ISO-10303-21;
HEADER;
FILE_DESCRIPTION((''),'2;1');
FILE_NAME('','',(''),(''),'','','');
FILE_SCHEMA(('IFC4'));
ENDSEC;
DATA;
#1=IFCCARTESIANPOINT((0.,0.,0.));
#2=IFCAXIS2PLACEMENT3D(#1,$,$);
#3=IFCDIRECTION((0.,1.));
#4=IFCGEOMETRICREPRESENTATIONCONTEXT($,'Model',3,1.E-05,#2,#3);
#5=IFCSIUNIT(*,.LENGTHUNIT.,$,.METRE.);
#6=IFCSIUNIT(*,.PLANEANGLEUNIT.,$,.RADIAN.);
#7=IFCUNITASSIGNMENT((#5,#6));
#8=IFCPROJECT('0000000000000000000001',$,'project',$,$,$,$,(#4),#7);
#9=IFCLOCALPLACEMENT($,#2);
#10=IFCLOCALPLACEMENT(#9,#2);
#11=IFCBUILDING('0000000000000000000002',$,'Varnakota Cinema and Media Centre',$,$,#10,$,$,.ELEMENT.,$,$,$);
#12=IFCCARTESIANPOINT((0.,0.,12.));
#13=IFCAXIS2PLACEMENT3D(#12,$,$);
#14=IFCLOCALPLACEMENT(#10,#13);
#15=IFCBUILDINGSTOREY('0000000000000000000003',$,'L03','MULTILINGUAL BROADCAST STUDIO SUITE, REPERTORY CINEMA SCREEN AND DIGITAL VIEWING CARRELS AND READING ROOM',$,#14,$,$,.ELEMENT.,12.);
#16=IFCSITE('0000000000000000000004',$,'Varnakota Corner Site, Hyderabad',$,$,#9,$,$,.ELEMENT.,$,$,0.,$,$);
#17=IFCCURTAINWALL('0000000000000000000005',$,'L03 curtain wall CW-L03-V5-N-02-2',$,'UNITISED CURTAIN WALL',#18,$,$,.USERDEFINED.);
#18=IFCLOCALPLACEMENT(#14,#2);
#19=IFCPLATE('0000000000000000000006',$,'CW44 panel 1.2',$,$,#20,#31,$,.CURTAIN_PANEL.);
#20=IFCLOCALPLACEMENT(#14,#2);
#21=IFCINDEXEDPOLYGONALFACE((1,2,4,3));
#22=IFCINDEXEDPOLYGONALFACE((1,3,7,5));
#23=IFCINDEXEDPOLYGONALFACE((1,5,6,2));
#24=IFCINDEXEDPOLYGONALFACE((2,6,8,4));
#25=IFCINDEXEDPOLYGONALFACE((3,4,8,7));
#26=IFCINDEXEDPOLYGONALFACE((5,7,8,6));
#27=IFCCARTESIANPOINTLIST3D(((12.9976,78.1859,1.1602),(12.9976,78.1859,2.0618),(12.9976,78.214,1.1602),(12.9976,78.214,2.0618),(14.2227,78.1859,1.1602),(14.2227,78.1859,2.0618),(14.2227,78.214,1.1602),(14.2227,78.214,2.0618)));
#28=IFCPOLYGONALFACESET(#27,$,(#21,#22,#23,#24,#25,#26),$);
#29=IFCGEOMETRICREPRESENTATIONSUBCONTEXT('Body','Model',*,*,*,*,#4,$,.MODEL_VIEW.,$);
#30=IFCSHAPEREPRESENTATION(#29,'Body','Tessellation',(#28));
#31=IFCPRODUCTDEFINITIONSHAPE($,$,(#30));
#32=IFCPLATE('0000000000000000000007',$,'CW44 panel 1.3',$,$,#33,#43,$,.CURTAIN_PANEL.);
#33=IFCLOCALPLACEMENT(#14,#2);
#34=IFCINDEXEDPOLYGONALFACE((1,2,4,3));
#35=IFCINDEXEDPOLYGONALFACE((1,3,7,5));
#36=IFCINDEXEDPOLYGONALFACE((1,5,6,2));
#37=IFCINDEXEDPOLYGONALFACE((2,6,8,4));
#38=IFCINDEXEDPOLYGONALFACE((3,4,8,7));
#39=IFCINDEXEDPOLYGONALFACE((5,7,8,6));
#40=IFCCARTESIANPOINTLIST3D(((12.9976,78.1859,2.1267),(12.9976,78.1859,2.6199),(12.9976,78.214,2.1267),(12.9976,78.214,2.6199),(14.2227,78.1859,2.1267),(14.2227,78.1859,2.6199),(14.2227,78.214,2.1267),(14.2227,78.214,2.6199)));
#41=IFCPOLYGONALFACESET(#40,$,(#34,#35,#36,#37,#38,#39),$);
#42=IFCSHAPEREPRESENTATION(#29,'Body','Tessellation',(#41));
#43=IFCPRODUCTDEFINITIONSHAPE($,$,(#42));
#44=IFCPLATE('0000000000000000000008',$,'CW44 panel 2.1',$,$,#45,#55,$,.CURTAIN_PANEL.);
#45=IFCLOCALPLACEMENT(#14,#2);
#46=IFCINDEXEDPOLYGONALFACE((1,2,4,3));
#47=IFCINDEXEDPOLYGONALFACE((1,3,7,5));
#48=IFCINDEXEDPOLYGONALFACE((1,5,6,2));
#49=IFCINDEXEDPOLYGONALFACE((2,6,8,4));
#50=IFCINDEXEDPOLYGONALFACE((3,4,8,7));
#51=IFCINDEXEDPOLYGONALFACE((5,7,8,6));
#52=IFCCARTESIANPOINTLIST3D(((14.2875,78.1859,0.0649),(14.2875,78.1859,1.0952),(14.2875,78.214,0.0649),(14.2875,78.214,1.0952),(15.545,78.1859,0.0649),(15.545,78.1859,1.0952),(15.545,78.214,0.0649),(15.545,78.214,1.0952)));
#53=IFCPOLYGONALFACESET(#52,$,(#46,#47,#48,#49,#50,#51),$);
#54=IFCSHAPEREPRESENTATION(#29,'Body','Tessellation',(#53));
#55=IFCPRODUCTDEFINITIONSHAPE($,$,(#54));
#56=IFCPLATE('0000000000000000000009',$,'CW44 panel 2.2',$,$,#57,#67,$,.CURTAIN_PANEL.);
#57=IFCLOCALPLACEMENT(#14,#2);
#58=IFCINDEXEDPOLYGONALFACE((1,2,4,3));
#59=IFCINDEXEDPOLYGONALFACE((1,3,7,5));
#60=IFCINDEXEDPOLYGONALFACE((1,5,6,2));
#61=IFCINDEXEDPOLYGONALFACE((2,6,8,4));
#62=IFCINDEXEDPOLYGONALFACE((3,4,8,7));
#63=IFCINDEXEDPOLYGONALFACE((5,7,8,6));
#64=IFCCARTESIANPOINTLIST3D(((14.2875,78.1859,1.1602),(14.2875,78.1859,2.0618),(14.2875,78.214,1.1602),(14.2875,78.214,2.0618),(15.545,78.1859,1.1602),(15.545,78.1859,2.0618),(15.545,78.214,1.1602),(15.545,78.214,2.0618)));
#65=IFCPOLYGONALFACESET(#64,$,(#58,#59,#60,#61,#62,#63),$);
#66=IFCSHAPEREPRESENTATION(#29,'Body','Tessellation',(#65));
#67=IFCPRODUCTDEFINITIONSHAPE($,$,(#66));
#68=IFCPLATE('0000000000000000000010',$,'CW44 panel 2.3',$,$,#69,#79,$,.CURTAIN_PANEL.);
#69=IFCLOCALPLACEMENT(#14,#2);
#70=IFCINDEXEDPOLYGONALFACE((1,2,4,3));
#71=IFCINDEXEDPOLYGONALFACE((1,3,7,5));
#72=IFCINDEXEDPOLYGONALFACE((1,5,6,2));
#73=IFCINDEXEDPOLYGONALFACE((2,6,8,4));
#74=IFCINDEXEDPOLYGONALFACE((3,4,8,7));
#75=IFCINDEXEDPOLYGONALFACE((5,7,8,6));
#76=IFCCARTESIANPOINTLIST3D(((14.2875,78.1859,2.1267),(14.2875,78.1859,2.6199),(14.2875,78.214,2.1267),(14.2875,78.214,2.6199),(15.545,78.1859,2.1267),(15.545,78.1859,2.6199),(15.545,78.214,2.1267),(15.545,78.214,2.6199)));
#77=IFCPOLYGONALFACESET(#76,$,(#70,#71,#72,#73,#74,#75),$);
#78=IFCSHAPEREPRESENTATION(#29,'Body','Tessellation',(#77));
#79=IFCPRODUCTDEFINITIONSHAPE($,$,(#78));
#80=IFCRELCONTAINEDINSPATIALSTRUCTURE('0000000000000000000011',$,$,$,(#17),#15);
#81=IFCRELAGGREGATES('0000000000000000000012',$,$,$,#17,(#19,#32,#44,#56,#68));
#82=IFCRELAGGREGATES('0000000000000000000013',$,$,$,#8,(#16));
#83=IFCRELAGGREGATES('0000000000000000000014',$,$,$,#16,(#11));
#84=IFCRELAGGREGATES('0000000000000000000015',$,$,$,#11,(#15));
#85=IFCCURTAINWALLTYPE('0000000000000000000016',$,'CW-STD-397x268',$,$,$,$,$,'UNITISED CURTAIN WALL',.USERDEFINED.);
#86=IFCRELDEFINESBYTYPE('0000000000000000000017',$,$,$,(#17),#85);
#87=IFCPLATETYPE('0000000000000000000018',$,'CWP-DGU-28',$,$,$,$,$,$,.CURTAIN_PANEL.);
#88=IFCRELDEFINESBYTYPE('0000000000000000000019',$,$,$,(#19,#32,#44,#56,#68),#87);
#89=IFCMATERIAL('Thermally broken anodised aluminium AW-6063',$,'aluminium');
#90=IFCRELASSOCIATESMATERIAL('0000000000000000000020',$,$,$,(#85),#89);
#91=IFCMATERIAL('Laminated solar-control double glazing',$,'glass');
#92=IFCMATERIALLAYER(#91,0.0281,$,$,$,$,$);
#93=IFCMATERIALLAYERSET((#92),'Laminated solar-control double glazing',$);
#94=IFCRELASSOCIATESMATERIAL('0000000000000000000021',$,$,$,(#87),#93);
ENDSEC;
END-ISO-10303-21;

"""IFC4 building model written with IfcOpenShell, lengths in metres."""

from ifc_helpers import new_model, si_unit, direction, frame, origin, origin_2d, place, context, subcontext, project, spatial, rectangle, extrude, material, layer, layer_set, type_object, element, aggregate, save


model = new_model("IFC4")

# Units and contexts
model_context = context("Model", 3, precision=1e-05, world=origin(), true_north=direction((0.0, 1.0)))
body_context = subcontext(model_context, "Body", "Model", "MODEL_VIEW")
ifc_project = project(units=[si_unit("LENGTHUNIT", "METRE"), si_unit("PLANEANGLEUNIT", "RADIAN")], contexts=[model_context])

# Site, building, storey
site_placement = place(None, origin())
site = spatial("IfcSite", under=ifc_project, at=site_placement, Name="Varnakota Corner Site, Hyderabad", CompositionType="ELEMENT", RefElevation=0.0)
building_placement = place(site_placement, origin())
building = spatial("IfcBuilding", under=site, at=building_placement, Name="Varnakota Cinema and Media Centre", CompositionType="ELEMENT")
storey_placement = place(building_placement, frame((0.0, 0.0, 12.0)))
storey = spatial("IfcBuildingStorey", under=building, at=storey_placement, Name="L03", Description="MULTILINGUAL BROADCAST STUDIO SUITE, REPERTORY CINEMA SCREEN AND DIGITAL VIEWING CARRELS AND READING ROOM", CompositionType="ELEMENT", Elevation=12.0)

# Curtain wall
ifc_material_1 = material(Name="Thermally broken anodised aluminium AW-6063", Category="aluminium")
curtain_wall_type = type_object("IfcCurtainWallType", Name="CW-STD-397x268", ElementType="UNITISED CURTAIN WALL", PredefinedType="USERDEFINED", material=ifc_material_1)
curtain_wall_1_placement = place(storey_placement, origin())
curtain_wall_1 = element("IfcCurtainWall", 1, at=curtain_wall_1_placement, inside=storey, type_object=curtain_wall_type, Name="L03 curtain wall CW-L03-V5-N-02-2", ObjectType="UNITISED CURTAIN WALL", PredefinedType="USERDEFINED")

# Plates
ifc_material_2 = material(Name="Laminated solar-control double glazing", Category="glass")
ifc_layer = layer(ifc_material_2, 0.0281)
ifc_layer_set = layer_set([ifc_layer], Name="Laminated solar-control double glazing")
plate_type = type_object("IfcPlateType", Name="CWP-DGU-28", PredefinedType="CURTAIN_PANEL", material=ifc_layer_set)
plate_1_placement = place(storey_placement, frame((13.6101, 78.2, 1.1602), z_axis=(0.0, 0.0, 1.0), x_axis=(1.0, 0.0, 0.0)))
plate_1 = element("IfcPlate", 2, at=plate_1_placement, type_object=plate_type, Name="CW44 panel 1.2", PredefinedType="CURTAIN_PANEL", context=body_context, shape_type="SweptSolid", body=[
    extrude(rectangle(XDim=1.2251, YDim=0.0281, at=origin_2d()), origin(), (0.0, 0.0, 1.0), 0.9016),
])
plate_2_placement = place(storey_placement, frame((13.6101, 78.2, 2.1267), z_axis=(0.0, 0.0, 1.0), x_axis=(1.0, 0.0, 0.0)))
plate_2 = element("IfcPlate", 3, at=plate_2_placement, type_object=plate_type, Name="CW44 panel 1.3", PredefinedType="CURTAIN_PANEL", context=body_context, shape_type="SweptSolid", body=[
    extrude(rectangle(XDim=1.2251, YDim=0.0281, at=origin_2d()), origin(), (0.0, 0.0, 1.0), 0.4932),
])
plate_3_placement = place(storey_placement, frame((14.9163, 78.2, 0.0649), z_axis=(0.0, 0.0, 1.0), x_axis=(1.0, 0.0, 0.0)))
plate_3 = element("IfcPlate", 4, at=plate_3_placement, type_object=plate_type, Name="CW44 panel 2.1", PredefinedType="CURTAIN_PANEL", context=body_context, shape_type="SweptSolid", body=[
    extrude(rectangle(XDim=1.2576, YDim=0.0281, at=origin_2d()), origin(), (0.0, 0.0, 1.0), 1.0303),
])
plate_4_placement = place(storey_placement, frame((14.9163, 78.2, 1.1602), z_axis=(0.0, 0.0, 1.0), x_axis=(1.0, 0.0, 0.0)))
plate_4 = element("IfcPlate", 5, at=plate_4_placement, type_object=plate_type, Name="CW44 panel 2.2", PredefinedType="CURTAIN_PANEL", context=body_context, shape_type="SweptSolid", body=[
    extrude(rectangle(XDim=1.2576, YDim=0.0281, at=origin_2d()), origin(), (0.0, 0.0, 1.0), 0.9016),
])
plate_5_placement = place(storey_placement, frame((14.9163, 78.2, 2.1267), z_axis=(0.0, 0.0, 1.0), x_axis=(1.0, 0.0, 0.0)))
plate_5 = element("IfcPlate", 6, at=plate_5_placement, type_object=plate_type, Name="CW44 panel 2.3", PredefinedType="CURTAIN_PANEL", context=body_context, shape_type="SweptSolid", body=[
    extrude(rectangle(XDim=1.2576, YDim=0.0281, at=origin_2d()), origin(), (0.0, 0.0, 1.0), 0.4932),
])
aggregate(curtain_wall_1, [plate_1, plate_2, plate_3, plate_4, plate_5])

save(model, "model.ifc")
